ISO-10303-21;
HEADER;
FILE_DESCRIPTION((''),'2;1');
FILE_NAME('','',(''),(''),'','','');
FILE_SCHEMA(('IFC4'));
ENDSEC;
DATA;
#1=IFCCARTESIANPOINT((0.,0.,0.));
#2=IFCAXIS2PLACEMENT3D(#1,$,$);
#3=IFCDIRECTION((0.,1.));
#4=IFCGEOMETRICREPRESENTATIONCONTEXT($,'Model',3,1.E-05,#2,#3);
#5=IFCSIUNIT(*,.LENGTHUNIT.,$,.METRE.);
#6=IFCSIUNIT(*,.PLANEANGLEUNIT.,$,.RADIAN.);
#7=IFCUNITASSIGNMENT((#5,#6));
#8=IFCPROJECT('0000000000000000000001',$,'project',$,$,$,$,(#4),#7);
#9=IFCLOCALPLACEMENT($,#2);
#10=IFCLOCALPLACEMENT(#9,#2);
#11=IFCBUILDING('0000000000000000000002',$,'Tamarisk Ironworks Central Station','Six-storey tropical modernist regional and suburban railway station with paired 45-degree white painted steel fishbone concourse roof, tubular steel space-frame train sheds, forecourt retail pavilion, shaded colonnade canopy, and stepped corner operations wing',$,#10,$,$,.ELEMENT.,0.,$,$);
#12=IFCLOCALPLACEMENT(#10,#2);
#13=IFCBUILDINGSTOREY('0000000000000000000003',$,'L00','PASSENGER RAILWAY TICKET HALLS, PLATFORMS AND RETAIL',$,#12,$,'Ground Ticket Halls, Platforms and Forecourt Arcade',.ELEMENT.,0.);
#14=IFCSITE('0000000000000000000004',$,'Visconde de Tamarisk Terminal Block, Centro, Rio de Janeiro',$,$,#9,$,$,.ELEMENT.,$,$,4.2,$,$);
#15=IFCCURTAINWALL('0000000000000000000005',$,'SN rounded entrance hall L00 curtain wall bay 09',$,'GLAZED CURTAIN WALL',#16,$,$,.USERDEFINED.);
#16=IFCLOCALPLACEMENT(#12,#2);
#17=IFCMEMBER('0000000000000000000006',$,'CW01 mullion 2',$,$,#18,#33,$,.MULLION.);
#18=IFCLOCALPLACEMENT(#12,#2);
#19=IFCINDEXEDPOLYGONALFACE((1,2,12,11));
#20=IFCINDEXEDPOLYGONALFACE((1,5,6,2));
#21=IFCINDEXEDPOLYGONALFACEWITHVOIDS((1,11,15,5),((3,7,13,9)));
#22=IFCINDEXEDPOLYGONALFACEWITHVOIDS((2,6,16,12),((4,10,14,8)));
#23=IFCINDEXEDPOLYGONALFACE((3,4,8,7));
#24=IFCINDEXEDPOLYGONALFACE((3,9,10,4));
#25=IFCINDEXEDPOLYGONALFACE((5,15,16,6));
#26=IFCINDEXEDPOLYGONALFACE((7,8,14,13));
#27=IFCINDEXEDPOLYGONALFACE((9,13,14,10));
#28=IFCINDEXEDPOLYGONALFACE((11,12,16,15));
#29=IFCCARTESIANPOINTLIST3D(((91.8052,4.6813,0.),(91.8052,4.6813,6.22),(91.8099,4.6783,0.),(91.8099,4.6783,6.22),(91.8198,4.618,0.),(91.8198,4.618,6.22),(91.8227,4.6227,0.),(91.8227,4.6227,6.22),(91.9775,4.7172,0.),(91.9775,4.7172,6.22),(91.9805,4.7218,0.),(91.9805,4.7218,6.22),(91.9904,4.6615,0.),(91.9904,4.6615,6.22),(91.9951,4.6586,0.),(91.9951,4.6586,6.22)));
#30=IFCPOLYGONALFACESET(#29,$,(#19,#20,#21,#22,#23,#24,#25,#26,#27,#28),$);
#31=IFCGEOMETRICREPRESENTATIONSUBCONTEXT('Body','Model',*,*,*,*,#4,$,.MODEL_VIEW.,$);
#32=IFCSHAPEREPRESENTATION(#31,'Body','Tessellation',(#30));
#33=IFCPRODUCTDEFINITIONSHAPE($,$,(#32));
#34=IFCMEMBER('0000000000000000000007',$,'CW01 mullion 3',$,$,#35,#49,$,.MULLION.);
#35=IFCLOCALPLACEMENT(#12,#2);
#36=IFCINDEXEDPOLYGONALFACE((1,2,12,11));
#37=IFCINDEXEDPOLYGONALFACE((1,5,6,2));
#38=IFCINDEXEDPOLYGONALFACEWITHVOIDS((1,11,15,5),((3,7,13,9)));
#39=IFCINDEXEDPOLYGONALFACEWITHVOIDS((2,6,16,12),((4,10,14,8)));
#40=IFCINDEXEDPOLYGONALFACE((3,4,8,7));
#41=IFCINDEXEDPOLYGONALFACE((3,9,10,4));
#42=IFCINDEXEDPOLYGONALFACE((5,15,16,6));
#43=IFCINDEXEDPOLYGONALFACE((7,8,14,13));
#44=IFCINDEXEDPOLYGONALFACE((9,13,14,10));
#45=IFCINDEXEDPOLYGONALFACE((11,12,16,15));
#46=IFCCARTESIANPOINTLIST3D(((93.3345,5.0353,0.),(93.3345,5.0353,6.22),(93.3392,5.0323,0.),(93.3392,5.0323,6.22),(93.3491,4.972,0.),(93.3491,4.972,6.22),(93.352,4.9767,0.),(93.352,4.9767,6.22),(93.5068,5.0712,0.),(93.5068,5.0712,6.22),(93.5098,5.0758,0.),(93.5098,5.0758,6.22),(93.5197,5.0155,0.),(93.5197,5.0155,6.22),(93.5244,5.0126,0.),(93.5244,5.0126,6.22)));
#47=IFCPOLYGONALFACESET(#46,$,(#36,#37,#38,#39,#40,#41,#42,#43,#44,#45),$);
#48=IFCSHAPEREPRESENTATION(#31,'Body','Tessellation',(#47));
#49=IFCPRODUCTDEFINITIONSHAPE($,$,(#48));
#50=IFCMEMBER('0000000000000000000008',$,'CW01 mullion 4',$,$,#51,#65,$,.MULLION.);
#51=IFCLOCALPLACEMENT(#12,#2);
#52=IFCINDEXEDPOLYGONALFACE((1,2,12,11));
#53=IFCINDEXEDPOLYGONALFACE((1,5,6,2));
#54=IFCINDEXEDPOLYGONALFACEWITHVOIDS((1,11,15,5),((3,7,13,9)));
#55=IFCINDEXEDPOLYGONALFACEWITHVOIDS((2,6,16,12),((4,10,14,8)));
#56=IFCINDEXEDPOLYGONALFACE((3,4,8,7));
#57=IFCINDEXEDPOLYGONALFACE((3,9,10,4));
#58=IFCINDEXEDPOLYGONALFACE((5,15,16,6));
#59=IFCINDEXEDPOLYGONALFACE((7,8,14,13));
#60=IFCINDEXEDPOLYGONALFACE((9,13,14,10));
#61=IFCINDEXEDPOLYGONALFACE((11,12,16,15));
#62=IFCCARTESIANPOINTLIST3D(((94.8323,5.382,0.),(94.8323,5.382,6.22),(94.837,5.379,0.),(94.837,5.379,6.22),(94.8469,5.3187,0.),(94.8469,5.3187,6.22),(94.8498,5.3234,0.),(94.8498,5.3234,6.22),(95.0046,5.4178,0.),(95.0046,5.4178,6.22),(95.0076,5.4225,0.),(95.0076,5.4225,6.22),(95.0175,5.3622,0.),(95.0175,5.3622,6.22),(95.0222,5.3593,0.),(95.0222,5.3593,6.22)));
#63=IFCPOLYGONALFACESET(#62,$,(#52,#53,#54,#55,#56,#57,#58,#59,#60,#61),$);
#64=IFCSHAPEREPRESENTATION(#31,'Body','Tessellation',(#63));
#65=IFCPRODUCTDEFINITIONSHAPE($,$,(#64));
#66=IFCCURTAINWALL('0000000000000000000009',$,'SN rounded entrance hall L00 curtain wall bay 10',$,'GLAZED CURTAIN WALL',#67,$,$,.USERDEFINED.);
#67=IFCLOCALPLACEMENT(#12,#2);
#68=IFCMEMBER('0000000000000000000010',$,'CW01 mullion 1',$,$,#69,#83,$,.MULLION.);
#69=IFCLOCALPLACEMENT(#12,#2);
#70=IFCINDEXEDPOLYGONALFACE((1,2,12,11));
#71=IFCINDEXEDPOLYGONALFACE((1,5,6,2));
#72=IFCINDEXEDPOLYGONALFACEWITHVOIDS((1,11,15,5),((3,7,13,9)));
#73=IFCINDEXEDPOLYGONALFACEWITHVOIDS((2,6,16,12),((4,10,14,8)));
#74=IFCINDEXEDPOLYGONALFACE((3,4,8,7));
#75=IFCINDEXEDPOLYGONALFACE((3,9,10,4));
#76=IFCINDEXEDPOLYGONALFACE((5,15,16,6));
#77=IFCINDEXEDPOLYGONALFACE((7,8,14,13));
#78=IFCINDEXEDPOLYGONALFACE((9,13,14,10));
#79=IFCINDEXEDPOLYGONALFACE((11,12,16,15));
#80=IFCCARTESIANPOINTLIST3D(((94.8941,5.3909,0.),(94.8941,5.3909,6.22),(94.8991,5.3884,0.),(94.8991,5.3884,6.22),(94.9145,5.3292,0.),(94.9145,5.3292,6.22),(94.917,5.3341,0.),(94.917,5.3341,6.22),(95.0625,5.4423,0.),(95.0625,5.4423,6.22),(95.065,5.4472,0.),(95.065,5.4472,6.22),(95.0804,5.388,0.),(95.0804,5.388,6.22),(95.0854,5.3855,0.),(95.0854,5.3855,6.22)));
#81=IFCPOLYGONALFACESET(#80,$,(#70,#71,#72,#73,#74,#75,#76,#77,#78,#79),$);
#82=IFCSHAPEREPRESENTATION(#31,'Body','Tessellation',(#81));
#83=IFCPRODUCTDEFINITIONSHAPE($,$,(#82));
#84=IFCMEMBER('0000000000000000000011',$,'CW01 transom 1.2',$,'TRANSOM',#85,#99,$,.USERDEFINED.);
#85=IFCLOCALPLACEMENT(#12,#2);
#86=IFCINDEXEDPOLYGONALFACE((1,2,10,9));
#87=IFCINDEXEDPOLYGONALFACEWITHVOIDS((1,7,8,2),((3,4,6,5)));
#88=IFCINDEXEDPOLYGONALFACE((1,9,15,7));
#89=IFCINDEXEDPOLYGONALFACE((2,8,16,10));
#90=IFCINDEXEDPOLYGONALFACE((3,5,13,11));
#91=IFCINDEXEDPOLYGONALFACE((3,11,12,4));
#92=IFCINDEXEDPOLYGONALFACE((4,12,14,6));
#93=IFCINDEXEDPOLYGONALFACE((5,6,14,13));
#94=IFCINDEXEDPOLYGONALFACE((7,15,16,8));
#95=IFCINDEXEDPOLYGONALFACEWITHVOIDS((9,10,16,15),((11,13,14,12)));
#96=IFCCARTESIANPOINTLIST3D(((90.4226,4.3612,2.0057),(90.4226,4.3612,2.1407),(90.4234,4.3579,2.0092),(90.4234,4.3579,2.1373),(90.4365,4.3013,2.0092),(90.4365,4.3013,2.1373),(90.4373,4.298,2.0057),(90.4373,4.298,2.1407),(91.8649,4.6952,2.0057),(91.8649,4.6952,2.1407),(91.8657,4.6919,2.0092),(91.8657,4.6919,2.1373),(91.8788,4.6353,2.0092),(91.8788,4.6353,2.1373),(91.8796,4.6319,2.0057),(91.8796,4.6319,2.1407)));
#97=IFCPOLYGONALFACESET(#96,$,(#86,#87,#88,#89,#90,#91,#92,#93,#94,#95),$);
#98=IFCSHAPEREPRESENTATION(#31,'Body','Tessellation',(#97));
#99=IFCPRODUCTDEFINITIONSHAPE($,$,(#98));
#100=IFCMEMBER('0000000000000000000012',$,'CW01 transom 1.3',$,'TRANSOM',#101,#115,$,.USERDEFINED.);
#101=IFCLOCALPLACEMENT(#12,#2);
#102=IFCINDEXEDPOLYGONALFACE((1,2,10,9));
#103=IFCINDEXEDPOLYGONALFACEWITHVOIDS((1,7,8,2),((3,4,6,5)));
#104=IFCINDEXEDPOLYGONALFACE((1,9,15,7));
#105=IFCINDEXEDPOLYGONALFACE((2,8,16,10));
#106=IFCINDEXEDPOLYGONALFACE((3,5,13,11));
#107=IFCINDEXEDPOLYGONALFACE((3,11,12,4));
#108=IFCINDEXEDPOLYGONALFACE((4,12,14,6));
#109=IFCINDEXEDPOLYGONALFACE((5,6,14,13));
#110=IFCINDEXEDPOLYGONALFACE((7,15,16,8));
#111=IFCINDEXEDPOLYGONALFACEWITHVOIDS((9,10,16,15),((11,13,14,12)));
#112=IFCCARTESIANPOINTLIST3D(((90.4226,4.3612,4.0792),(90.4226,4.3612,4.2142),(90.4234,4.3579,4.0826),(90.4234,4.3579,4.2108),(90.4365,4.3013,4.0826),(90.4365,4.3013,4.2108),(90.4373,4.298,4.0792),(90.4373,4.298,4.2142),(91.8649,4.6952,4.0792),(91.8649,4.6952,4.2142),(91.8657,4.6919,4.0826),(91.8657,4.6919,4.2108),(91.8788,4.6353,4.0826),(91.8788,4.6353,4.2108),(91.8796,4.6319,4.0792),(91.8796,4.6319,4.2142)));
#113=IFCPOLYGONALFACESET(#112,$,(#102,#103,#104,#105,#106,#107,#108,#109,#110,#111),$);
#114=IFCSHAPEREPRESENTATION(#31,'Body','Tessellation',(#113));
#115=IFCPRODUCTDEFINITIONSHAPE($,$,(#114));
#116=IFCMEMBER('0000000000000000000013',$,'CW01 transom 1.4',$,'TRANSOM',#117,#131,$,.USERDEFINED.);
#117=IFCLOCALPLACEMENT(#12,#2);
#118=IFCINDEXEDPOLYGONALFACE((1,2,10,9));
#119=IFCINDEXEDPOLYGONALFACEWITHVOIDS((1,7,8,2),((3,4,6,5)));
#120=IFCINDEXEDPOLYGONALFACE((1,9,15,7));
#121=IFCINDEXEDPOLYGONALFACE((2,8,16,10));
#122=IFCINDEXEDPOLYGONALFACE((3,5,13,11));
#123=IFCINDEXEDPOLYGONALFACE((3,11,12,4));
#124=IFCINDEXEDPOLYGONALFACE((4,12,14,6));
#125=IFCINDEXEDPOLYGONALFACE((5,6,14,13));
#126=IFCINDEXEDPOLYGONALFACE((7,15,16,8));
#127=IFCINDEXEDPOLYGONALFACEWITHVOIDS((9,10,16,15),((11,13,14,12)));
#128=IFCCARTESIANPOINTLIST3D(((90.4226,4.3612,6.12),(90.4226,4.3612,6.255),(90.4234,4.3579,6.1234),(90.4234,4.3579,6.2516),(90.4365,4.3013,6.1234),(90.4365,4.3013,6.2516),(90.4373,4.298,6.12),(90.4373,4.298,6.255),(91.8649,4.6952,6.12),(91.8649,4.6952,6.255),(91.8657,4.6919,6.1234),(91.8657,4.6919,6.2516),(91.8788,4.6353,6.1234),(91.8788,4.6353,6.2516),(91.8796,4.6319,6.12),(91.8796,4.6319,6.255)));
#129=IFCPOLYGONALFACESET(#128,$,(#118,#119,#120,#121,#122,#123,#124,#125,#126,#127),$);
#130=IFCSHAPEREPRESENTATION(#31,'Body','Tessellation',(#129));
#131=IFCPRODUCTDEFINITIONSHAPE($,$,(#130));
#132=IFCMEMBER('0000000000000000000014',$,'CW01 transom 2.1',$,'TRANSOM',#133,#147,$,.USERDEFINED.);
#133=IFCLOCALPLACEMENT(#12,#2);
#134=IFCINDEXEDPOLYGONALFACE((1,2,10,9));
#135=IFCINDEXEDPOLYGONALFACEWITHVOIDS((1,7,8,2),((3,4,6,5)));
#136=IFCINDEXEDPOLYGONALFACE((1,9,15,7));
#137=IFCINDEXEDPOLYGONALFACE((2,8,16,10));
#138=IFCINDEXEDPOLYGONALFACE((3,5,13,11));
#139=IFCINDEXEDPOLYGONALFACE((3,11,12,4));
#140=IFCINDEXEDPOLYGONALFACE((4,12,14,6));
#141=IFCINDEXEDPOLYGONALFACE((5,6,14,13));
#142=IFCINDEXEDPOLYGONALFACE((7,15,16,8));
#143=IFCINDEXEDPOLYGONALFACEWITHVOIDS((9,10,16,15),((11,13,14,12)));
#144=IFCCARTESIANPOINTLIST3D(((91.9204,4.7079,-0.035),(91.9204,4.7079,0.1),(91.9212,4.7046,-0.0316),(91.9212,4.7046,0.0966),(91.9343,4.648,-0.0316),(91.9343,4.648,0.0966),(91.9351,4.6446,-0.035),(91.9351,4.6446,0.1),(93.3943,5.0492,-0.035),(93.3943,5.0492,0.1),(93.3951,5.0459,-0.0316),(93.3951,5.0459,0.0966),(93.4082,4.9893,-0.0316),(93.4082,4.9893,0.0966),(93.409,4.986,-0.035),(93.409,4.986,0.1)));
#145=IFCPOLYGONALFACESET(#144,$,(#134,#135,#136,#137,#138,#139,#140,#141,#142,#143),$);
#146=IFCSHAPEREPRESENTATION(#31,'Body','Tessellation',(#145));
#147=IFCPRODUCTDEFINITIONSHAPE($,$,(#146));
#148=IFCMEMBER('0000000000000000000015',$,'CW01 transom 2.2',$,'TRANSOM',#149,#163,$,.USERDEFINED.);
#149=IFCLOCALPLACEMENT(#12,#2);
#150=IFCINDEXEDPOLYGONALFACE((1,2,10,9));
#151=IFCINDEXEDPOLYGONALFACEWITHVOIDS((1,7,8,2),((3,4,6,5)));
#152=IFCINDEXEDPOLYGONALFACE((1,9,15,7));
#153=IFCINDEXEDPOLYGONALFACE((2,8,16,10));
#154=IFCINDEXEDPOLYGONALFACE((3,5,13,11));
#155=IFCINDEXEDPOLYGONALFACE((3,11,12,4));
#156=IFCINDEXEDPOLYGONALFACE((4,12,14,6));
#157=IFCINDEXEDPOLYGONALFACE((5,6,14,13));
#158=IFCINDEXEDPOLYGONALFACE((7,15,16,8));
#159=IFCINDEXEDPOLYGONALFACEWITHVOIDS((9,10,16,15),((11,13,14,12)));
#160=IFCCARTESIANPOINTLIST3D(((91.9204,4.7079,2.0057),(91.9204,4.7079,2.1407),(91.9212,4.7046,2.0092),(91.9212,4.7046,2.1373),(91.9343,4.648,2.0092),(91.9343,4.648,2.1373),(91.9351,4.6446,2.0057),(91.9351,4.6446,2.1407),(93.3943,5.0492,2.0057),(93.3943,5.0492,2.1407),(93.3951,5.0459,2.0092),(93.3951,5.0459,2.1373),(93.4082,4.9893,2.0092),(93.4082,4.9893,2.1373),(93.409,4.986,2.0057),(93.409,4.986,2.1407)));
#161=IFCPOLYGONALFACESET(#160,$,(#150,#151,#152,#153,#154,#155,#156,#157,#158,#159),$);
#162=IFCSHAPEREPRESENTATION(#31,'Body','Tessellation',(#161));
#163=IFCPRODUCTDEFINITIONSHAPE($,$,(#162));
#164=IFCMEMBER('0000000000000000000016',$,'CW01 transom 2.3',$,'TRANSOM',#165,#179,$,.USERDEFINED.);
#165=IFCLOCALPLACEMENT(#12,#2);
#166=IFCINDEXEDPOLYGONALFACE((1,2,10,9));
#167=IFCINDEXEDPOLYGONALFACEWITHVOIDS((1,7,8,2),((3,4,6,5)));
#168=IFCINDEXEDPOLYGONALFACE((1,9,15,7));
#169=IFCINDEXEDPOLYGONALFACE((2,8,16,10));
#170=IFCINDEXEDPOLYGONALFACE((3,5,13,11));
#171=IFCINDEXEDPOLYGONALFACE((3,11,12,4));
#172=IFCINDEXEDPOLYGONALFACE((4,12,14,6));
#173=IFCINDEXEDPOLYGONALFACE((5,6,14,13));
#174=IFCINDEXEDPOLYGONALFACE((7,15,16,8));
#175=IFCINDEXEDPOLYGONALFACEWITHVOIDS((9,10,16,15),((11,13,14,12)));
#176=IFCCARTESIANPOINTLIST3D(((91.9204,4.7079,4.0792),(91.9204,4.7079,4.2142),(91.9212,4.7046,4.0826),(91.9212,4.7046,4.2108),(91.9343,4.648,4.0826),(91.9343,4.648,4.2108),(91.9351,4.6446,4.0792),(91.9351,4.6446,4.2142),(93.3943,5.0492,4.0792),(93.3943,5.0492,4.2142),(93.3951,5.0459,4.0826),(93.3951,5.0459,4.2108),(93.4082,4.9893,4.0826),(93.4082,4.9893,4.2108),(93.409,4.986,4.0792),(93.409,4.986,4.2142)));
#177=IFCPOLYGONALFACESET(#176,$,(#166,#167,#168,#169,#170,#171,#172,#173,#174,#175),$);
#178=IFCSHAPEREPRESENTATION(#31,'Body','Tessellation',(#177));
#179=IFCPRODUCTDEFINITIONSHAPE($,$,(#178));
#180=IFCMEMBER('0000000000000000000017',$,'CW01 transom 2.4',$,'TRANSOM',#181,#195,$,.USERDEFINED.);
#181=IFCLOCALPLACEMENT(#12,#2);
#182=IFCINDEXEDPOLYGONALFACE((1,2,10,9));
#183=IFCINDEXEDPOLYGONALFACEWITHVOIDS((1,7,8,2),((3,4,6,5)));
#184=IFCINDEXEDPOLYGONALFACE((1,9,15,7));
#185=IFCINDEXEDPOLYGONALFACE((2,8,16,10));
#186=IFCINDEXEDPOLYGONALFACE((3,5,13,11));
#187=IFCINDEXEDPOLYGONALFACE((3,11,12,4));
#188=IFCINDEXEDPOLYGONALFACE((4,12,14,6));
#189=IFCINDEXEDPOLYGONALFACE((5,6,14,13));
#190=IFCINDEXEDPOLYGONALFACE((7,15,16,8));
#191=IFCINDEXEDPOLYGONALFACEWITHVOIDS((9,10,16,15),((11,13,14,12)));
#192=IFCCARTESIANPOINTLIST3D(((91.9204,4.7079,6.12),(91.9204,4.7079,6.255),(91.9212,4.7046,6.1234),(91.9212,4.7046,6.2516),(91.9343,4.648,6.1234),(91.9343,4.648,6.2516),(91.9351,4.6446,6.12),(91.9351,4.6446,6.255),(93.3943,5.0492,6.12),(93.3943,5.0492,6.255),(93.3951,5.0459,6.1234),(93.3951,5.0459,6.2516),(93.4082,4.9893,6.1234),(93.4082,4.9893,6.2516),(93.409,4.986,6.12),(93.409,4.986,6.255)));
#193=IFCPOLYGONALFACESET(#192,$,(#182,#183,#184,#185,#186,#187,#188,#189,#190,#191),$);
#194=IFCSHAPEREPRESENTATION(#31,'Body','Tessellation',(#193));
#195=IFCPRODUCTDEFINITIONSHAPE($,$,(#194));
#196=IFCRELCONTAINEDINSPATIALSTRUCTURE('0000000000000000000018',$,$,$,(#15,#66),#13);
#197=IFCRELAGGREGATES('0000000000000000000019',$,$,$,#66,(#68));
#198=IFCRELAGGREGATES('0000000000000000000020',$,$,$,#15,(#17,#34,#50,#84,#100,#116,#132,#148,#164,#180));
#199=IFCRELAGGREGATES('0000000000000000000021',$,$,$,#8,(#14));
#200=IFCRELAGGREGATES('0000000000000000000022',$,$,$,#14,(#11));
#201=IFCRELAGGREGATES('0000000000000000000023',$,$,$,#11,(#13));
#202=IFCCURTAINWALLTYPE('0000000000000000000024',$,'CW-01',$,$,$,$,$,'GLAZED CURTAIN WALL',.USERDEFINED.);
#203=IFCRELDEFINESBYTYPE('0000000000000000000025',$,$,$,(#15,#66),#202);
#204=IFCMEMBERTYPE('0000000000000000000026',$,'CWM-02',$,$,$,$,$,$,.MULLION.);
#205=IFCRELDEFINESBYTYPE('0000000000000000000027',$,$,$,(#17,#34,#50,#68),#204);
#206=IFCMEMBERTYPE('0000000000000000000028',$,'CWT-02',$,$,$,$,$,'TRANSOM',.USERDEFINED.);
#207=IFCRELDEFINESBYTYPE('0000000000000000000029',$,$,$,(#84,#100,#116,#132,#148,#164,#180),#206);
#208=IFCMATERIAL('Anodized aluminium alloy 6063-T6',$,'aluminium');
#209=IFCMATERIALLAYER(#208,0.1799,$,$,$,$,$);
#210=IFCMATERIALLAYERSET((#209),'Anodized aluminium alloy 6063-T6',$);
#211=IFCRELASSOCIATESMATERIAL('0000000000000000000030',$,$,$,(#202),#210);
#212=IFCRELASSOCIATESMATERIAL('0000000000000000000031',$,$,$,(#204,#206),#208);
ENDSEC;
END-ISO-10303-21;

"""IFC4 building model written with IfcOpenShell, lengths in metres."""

from ifc_helpers import new_model, si_unit, direction, frame, origin, origin_2d, place, context, subcontext, project, spatial, hollow_rectangle, extrude, material, layer, layer_set, material_profile, profile_set, type_object, element, aggregate, save


model = new_model("IFC4")

# Units and contexts
model_context = context("Model", 3, precision=1e-05, world=origin(), true_north=direction((0.0, 1.0)))
body_context = subcontext(model_context, "Body", "Model", "MODEL_VIEW")
ifc_project = project(units=[si_unit("LENGTHUNIT", "METRE"), si_unit("PLANEANGLEUNIT", "RADIAN")], contexts=[model_context])

# Site, building, storey
site_placement = place(None, origin())
site = spatial("IfcSite", under=ifc_project, at=site_placement, Name="Visconde de Tamarisk Terminal Block, Centro, Rio de Janeiro", CompositionType="ELEMENT", RefElevation=4.2)
building_placement = place(site_placement, origin())
building = spatial("IfcBuilding", under=site, at=building_placement, Name="Tamarisk Ironworks Central Station", Description="Six-storey tropical modernist regional and suburban railway station with paired 45-degree white painted steel fishbone concourse roof, tubular steel space-frame train sheds, forecourt retail pavilion, shaded colonnade canopy, and stepped corner operations wing", CompositionType="ELEMENT", ElevationOfRefHeight=0.0)
storey_placement = place(building_placement, origin())
storey = spatial("IfcBuildingStorey", under=building, at=storey_placement, Name="L00", Description="PASSENGER RAILWAY TICKET HALLS, PLATFORMS AND RETAIL", LongName="Ground Ticket Halls, Platforms and Forecourt Arcade", CompositionType="ELEMENT", Elevation=0.0)

# Curtain wall, members
ifc_material_1 = material(Name="Anodized aluminium alloy 6063-T6", Category="aluminium")
ifc_layer_1 = layer(ifc_material_1, 0.1799)
ifc_layer_set_1 = layer_set([ifc_layer_1], Name="Anodized aluminium alloy 6063-T6")
curtain_wall_type = type_object("IfcCurtainWallType", Name="CW-01", ElementType="GLAZED CURTAIN WALL", PredefinedType="USERDEFINED", material=ifc_layer_set_1)
curtain_wall_1_placement = place(storey_placement, origin())
curtain_wall_1 = element("IfcCurtainWall", 1, at=curtain_wall_1_placement, inside=storey, type_object=curtain_wall_type, Name="SN rounded entrance hall L00 curtain wall bay 09", ObjectType="GLAZED CURTAIN WALL", PredefinedType="USERDEFINED")
ifc_material_profile_1 = material_profile(ifc_material_1, hollow_rectangle(XDim=0.0649, YDim=0.1799, WallThickness=0.0039, at=origin_2d()), Name="ALUM 180x65")
ifc_profile_set_1 = profile_set([ifc_material_profile_1], Name="Anodized aluminium alloy 6063-T6")
member_type_1 = type_object("IfcMemberType", Name="CWM-02", PredefinedType="MULLION", material=ifc_profile_set_1)
member_1_placement = place(storey_placement, frame((91.9001, 4.6699, 0.0), z_axis=(0.0, 0.0, 1.0), x_axis=(-0.225517, 0.974239, 0.0)))
member_1 = element("IfcMember", 2, at=member_1_placement, type_object=member_type_1, Name="CW01 mullion 2", PredefinedType="MULLION", context=body_context, shape_type="SweptSolid", body=[
    extrude(hollow_rectangle(XDim=0.0649, YDim=0.1799, WallThickness=0.0039, at=origin_2d()), origin(), (0.0, 0.0, 1.0), 6.22),
])
member_2_placement = place(storey_placement, frame((93.4294, 5.0239, 0.0), z_axis=(0.0, 0.0, 1.0), x_axis=(-0.225517, 0.974239, 0.0)))
member_2 = element("IfcMember", 3, at=member_2_placement, type_object=member_type_1, Name="CW01 mullion 3", PredefinedType="MULLION", context=body_context, shape_type="SweptSolid", body=[
    extrude(hollow_rectangle(XDim=0.0649, YDim=0.1799, WallThickness=0.0039, at=origin_2d()), origin(), (0.0, 0.0, 1.0), 6.22),
])
member_3_placement = place(storey_placement, frame((94.9272, 5.3706, 0.0), z_axis=(0.0, 0.0, 1.0), x_axis=(-0.225517, 0.974239, 0.0)))
member_3 = element("IfcMember", 4, at=member_3_placement, type_object=member_type_1, Name="CW01 mullion 4", PredefinedType="MULLION", context=body_context, shape_type="SweptSolid", body=[
    extrude(hollow_rectangle(XDim=0.0649, YDim=0.1799, WallThickness=0.0039, at=origin_2d()), origin(), (0.0, 0.0, 1.0), 6.22),
])

# Curtain wall, member
curtain_wall_2_placement = place(storey_placement, origin())
curtain_wall_2 = element("IfcCurtainWall", 5, at=curtain_wall_2_placement, inside=storey, type_object=curtain_wall_type, Name="SN rounded entrance hall L00 curtain wall bay 10", ObjectType="GLAZED CURTAIN WALL", PredefinedType="USERDEFINED")
member_4_placement = place(storey_placement, frame((94.9897, 5.3882, 0.0), z_axis=(0.0, 0.0, 1.0), x_axis=(-0.313098, 0.949721, 0.0)))
member_4 = element("IfcMember", 6, at=member_4_placement, type_object=member_type_1, Name="CW01 mullion 1", PredefinedType="MULLION", context=body_context, shape_type="SweptSolid", body=[
    extrude(hollow_rectangle(XDim=0.0649, YDim=0.1799, WallThickness=0.0039, at=origin_2d()), origin(), (0.0, 0.0, 1.0), 6.22),
])
aggregate(curtain_wall_2, [member_4])

# Members
ifc_material_profile_2 = material_profile(ifc_material_1, hollow_rectangle(XDim=0.0649, YDim=0.135, WallThickness=0.0034, at=origin_2d()), Name="ALUM 135x65")
ifc_profile_set_2 = profile_set([ifc_material_profile_2], Name="Anodized aluminium alloy 6063-T6")
member_type_2 = type_object("IfcMemberType", Name="CWT-02", ElementType="TRANSOM", PredefinedType="USERDEFINED", material=ifc_profile_set_2)
member_5_placement = place(storey_placement, frame((90.4299, 4.3296, 2.0732), z_axis=(0.974224, 0.225582, 0.0), x_axis=(-0.225582, 0.974224, 0.0)))
member_5 = element("IfcMember", 7, at=member_5_placement, type_object=member_type_2, Name="CW01 transom 1.2", ObjectType="TRANSOM", PredefinedType="USERDEFINED", context=body_context, shape_type="SweptSolid", body=[
    extrude(hollow_rectangle(XDim=0.0649, YDim=0.135, WallThickness=0.0034, at=origin_2d()), origin(), (0.0, 0.0, 1.0), 1.4805),
])
member_6_placement = place(storey_placement, frame((90.4299, 4.3296, 4.1467), z_axis=(0.974224, 0.225582, 0.0), x_axis=(-0.225582, 0.974224, 0.0)))
member_6 = element("IfcMember", 8, at=member_6_placement, type_object=member_type_2, Name="CW01 transom 1.3", ObjectType="TRANSOM", PredefinedType="USERDEFINED", context=body_context, shape_type="SweptSolid", body=[
    extrude(hollow_rectangle(XDim=0.0649, YDim=0.135, WallThickness=0.0034, at=origin_2d()), origin(), (0.0, 0.0, 1.0), 1.4805),
])
member_7_placement = place(storey_placement, frame((90.4299, 4.3296, 6.1875), z_axis=(0.974224, 0.225582, 0.0), x_axis=(-0.225582, 0.974224, 0.0)))
member_7 = element("IfcMember", 9, at=member_7_placement, type_object=member_type_2, Name="CW01 transom 1.4", ObjectType="TRANSOM", PredefinedType="USERDEFINED", context=body_context, shape_type="SweptSolid", body=[
    extrude(hollow_rectangle(XDim=0.0649, YDim=0.135, WallThickness=0.0034, at=origin_2d()), origin(), (0.0, 0.0, 1.0), 1.4805),
])
member_8_placement = place(storey_placement, frame((91.9277, 4.6763, 0.0325), z_axis=(0.97422, 0.225602, 0.0), x_axis=(-0.225602, 0.97422, 0.0)))
member_8 = element("IfcMember", 10, at=member_8_placement, type_object=member_type_2, Name="CW01 transom 2.1", ObjectType="TRANSOM", PredefinedType="USERDEFINED", context=body_context, shape_type="SweptSolid", body=[
    extrude(hollow_rectangle(XDim=0.0649, YDim=0.135, WallThickness=0.0034, at=origin_2d()), origin(), (0.0, 0.0, 1.0), 1.5129),
])
member_9_placement = place(storey_placement, frame((91.9277, 4.6763, 2.0732), z_axis=(0.97422, 0.225602, 0.0), x_axis=(-0.225602, 0.97422, 0.0)))
member_9 = element("IfcMember", 11, at=member_9_placement, type_object=member_type_2, Name="CW01 transom 2.2", ObjectType="TRANSOM", PredefinedType="USERDEFINED", context=body_context, shape_type="SweptSolid", body=[
    extrude(hollow_rectangle(XDim=0.0649, YDim=0.135, WallThickness=0.0034, at=origin_2d()), origin(), (0.0, 0.0, 1.0), 1.5129),
])
member_10_placement = place(storey_placement, frame((91.9277, 4.6763, 4.1467), z_axis=(0.97422, 0.225602, 0.0), x_axis=(-0.225602, 0.97422, 0.0)))
member_10 = element("IfcMember", 12, at=member_10_placement, type_object=member_type_2, Name="CW01 transom 2.3", ObjectType="TRANSOM", PredefinedType="USERDEFINED", context=body_context, shape_type="SweptSolid", body=[
    extrude(hollow_rectangle(XDim=0.0649, YDim=0.135, WallThickness=0.0034, at=origin_2d()), origin(), (0.0, 0.0, 1.0), 1.5129),
])
member_11_placement = place(storey_placement, frame((91.9277, 4.6763, 6.1875), z_axis=(0.97422, 0.225602, 0.0), x_axis=(-0.225602, 0.97422, 0.0)))
member_11 = element("IfcMember", 13, at=member_11_placement, type_object=member_type_2, Name="CW01 transom 2.4", ObjectType="TRANSOM", PredefinedType="USERDEFINED", context=body_context, shape_type="SweptSolid", body=[
    extrude(hollow_rectangle(XDim=0.0649, YDim=0.135, WallThickness=0.0034, at=origin_2d()), origin(), (0.0, 0.0, 1.0), 1.5129),
])

aggregate(curtain_wall_1, [member_1, member_2, member_3, member_5, member_6, member_7, member_8, member_9, member_10, member_11])

save(model, "model.ifc")
